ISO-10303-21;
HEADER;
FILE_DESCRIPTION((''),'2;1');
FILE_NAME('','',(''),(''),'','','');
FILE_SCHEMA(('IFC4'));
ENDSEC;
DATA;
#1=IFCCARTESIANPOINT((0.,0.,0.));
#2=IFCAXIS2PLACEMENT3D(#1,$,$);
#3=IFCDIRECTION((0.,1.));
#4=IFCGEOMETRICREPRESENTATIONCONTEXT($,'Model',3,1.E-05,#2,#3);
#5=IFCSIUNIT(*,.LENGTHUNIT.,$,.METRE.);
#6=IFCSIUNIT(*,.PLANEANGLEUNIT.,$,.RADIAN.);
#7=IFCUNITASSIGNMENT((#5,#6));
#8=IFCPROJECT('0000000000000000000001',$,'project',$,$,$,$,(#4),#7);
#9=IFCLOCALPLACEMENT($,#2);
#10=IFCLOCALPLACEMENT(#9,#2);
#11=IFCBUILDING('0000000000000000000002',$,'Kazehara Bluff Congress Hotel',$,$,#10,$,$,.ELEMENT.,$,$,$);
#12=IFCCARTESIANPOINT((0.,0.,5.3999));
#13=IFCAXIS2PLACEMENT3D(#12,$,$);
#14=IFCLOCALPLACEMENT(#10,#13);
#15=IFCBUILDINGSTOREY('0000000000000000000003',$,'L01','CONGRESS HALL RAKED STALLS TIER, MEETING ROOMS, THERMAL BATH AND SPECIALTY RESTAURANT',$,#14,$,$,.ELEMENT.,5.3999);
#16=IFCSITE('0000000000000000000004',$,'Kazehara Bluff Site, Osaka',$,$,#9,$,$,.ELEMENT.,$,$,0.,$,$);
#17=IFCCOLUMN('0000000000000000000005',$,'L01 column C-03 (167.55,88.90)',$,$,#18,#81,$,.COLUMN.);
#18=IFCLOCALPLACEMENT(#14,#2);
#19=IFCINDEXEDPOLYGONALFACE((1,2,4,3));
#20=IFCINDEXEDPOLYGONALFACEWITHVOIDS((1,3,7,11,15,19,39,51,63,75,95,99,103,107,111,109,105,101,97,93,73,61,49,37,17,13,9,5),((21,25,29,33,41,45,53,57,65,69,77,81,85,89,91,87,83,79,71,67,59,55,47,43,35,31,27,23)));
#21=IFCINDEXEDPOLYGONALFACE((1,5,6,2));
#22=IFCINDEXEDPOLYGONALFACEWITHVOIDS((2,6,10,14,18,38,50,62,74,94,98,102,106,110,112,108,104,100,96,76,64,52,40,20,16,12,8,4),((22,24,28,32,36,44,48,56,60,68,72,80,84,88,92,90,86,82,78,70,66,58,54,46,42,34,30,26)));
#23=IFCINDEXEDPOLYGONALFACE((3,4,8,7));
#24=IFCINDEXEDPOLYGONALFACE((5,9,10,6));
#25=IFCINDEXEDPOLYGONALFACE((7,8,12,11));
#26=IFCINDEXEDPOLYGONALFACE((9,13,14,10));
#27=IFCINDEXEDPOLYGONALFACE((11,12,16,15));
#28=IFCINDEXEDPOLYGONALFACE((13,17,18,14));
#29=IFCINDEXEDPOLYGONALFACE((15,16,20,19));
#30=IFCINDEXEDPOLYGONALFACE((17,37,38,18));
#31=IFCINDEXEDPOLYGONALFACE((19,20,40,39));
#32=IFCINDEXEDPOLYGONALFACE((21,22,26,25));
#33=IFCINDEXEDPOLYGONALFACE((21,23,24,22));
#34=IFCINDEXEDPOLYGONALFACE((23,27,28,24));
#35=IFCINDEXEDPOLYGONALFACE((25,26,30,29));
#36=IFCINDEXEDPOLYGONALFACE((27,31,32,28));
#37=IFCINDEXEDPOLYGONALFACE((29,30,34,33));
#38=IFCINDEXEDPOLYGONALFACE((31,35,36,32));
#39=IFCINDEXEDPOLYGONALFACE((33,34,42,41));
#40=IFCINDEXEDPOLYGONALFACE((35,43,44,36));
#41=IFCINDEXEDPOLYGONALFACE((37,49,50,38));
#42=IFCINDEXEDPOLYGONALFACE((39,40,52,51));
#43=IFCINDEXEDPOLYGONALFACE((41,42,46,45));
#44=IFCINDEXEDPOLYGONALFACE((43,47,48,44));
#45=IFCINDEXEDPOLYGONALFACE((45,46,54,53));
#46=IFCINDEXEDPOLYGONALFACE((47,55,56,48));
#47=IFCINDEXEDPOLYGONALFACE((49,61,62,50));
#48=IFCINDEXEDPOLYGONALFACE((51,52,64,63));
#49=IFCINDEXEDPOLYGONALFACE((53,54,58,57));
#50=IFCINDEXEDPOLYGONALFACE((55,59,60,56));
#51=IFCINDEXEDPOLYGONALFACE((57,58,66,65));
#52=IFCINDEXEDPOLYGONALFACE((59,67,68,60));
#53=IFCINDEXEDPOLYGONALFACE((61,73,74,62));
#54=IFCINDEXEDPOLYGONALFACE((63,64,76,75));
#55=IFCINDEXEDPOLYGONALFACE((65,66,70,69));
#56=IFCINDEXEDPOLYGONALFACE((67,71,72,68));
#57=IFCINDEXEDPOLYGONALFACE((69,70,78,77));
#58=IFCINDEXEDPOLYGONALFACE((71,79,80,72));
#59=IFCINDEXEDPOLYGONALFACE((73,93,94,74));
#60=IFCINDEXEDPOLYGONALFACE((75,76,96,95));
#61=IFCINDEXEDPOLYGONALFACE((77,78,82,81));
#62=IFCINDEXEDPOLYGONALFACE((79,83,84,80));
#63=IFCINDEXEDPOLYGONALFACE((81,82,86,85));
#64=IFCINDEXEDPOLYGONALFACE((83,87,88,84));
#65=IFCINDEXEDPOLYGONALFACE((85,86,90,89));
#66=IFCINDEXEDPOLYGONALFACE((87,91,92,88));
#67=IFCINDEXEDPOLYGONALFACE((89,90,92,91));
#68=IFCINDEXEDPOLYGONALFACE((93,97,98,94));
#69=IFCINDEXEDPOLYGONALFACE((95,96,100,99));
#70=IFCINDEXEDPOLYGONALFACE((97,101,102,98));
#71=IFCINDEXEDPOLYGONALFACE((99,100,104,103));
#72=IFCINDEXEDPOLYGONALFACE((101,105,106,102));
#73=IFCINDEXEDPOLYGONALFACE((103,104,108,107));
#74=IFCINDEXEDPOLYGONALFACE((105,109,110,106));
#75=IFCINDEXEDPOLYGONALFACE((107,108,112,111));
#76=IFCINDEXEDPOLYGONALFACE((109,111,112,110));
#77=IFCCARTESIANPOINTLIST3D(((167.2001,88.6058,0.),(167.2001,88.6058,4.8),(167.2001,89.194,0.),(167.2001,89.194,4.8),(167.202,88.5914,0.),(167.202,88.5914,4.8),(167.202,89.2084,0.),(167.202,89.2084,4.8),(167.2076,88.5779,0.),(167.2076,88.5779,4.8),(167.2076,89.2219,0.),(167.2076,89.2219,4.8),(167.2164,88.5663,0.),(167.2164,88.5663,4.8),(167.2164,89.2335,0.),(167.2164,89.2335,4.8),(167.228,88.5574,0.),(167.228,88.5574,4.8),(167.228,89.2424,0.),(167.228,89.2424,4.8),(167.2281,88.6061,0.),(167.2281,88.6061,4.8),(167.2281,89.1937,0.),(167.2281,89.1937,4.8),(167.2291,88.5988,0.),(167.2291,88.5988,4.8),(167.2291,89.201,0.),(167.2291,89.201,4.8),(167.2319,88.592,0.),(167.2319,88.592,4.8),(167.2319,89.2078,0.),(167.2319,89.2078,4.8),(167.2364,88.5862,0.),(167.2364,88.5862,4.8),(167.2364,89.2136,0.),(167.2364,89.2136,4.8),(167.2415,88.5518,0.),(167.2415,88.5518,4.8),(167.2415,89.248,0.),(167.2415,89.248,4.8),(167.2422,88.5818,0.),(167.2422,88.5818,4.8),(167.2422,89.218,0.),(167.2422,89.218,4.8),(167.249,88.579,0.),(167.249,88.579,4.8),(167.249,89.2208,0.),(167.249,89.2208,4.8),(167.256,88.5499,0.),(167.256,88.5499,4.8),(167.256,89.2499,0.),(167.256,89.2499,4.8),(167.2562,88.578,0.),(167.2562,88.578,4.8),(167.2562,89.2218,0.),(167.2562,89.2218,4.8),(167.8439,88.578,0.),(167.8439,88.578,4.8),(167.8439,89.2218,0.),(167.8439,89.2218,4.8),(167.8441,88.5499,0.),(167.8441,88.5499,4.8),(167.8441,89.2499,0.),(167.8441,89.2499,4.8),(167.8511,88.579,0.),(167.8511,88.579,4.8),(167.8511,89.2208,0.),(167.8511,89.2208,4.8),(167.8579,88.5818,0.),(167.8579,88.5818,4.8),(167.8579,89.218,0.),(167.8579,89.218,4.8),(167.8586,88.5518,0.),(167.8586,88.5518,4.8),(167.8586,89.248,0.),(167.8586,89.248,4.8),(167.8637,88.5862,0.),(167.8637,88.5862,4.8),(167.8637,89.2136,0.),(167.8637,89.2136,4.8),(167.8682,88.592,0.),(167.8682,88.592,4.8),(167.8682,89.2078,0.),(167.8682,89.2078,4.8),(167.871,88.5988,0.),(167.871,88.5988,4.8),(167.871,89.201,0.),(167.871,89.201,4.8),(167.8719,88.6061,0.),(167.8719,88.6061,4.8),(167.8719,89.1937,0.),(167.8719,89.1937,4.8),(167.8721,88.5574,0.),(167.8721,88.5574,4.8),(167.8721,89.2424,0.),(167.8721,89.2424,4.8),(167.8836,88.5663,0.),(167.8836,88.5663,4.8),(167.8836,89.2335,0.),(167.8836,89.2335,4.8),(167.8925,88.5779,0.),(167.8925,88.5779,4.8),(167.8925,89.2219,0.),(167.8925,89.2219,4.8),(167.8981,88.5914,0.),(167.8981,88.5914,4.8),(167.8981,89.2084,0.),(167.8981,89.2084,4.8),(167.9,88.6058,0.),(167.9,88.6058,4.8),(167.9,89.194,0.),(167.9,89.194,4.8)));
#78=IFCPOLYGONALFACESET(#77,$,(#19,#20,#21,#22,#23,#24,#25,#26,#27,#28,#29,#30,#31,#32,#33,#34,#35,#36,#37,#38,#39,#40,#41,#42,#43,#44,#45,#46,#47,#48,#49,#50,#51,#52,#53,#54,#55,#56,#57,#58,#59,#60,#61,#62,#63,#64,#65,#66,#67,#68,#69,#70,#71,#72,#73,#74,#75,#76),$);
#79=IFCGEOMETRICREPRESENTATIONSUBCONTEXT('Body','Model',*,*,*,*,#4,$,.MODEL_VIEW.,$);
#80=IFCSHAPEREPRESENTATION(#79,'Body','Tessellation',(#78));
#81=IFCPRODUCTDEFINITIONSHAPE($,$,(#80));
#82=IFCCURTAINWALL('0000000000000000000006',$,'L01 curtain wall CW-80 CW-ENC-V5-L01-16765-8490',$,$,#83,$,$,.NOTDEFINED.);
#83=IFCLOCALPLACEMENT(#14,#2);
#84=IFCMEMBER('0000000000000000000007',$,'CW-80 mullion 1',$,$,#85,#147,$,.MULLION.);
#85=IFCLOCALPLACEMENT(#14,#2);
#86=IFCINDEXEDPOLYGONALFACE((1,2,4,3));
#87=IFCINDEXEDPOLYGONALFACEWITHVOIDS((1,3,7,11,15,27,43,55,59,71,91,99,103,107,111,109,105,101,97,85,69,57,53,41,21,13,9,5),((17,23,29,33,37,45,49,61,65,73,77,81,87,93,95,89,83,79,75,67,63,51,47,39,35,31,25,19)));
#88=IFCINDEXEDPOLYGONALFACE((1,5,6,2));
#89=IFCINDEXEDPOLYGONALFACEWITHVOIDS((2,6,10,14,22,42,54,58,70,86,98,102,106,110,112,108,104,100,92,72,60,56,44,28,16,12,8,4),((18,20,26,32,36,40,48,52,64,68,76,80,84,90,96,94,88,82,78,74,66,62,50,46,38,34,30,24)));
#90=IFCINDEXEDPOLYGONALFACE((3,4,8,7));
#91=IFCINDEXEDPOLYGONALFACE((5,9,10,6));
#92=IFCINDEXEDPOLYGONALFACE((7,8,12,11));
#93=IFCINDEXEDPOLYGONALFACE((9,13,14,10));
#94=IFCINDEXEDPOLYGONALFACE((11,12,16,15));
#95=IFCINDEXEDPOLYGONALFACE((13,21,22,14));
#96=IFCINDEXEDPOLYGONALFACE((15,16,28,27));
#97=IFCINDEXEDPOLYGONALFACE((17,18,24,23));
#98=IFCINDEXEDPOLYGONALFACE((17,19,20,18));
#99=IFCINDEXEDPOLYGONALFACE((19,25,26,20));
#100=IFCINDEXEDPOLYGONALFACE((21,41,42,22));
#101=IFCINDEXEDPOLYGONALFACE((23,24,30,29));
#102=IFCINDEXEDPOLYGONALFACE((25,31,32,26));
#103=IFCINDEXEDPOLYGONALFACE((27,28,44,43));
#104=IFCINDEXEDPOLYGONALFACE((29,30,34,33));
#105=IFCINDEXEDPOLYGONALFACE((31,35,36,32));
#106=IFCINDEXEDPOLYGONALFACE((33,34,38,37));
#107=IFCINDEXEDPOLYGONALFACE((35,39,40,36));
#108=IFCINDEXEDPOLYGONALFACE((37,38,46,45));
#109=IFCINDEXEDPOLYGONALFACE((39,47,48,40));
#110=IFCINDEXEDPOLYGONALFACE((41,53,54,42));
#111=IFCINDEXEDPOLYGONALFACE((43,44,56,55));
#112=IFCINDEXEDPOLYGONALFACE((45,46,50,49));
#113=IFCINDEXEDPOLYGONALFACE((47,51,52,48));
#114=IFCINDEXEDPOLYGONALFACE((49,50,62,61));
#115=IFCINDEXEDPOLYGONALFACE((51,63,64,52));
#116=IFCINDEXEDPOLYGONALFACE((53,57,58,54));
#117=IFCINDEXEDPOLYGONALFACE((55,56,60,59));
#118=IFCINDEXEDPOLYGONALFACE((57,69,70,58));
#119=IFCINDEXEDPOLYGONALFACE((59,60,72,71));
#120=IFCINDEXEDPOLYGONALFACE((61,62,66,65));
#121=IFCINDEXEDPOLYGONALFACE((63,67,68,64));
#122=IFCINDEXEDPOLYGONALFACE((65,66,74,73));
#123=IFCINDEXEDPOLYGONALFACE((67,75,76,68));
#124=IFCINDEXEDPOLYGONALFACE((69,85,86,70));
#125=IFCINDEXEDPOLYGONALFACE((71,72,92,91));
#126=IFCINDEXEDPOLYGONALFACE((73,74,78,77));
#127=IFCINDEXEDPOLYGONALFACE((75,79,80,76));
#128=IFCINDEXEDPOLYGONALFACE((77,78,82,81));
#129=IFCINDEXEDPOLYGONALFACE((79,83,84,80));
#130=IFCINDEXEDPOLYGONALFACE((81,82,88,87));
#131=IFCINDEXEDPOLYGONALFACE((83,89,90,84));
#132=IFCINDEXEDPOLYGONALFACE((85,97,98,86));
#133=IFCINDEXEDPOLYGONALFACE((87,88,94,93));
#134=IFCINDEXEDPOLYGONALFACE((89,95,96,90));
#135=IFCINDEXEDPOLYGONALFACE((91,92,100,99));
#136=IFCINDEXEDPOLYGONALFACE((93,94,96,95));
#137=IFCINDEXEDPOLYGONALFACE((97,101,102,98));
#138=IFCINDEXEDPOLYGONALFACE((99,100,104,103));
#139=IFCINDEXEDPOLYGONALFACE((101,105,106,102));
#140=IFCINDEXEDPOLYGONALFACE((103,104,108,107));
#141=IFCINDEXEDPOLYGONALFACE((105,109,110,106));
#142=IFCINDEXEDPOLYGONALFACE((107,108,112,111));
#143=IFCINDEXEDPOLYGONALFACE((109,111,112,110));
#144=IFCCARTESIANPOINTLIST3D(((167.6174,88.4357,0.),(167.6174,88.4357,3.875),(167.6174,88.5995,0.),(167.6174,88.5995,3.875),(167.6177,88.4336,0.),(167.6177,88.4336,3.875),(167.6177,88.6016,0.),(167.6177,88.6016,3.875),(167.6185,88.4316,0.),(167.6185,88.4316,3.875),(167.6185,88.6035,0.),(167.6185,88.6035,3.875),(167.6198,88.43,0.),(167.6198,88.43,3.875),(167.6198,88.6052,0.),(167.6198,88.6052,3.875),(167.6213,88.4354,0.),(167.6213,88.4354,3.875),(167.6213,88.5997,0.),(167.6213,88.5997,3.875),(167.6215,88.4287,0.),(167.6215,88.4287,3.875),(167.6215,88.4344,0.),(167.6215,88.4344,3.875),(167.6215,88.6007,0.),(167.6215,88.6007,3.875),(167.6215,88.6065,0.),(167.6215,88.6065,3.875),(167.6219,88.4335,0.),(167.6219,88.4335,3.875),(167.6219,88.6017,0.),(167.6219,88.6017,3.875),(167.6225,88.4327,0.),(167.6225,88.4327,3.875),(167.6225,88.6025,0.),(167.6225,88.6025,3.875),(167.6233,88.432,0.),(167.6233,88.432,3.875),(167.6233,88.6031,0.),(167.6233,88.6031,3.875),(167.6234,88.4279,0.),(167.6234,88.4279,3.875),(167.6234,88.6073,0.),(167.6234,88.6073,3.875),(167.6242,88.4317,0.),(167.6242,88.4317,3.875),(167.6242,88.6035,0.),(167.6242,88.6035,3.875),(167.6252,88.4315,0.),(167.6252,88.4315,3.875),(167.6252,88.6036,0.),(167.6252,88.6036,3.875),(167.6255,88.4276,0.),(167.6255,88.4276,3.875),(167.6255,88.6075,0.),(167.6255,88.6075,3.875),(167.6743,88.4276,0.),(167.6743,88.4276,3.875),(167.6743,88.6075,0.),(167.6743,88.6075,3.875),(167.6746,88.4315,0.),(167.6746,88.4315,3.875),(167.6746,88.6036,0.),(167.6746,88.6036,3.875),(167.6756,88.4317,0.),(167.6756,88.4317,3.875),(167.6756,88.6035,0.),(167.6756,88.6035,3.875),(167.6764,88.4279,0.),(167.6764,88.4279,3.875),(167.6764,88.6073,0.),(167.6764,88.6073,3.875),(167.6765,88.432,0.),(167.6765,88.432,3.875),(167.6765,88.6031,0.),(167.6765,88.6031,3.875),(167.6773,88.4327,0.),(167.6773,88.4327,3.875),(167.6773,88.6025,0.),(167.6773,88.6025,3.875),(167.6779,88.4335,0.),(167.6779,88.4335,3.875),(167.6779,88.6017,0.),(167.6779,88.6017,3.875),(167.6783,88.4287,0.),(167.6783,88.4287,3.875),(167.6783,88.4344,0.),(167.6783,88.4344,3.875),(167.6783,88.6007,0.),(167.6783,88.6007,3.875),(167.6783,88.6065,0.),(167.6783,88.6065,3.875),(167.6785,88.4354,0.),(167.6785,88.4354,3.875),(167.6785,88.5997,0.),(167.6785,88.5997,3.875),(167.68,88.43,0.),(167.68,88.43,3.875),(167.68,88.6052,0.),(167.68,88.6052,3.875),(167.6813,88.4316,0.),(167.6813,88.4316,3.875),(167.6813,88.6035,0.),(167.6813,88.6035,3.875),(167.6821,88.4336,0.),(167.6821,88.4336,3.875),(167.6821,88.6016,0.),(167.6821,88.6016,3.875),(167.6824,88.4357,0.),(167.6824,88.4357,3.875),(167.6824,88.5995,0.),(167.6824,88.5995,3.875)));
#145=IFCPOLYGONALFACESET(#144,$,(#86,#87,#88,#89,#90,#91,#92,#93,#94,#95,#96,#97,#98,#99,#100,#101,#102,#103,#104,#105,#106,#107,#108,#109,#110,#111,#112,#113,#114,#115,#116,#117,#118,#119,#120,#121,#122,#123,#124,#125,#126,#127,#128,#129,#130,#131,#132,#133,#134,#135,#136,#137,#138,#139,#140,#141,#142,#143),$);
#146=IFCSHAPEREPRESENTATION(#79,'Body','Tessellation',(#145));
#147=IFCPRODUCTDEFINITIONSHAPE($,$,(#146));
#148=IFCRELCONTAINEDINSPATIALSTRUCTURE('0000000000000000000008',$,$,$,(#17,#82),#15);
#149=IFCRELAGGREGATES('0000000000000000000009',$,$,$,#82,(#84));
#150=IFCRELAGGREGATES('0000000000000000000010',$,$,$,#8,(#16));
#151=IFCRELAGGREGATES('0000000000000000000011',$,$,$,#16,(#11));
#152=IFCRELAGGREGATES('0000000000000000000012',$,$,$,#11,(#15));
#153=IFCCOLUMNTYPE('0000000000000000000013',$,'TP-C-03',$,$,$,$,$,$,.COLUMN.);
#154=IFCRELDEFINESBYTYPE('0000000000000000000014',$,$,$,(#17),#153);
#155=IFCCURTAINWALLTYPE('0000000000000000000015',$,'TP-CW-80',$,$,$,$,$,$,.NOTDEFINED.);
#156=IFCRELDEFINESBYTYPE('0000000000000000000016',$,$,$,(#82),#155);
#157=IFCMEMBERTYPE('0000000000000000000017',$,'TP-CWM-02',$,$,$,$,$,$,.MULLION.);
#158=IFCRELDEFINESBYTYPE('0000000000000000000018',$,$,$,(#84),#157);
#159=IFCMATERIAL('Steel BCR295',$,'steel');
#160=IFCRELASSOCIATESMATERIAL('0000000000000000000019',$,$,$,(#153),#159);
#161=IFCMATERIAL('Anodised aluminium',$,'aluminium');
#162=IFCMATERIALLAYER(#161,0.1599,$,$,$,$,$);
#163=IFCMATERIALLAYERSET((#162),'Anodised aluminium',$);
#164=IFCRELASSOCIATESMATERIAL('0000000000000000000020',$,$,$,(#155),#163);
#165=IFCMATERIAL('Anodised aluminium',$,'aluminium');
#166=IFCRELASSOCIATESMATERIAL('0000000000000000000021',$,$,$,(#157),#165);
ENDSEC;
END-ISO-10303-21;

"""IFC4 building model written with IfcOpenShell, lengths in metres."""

from ifc_helpers import new_model, si_unit, direction, frame, origin, origin_2d, place, context, subcontext, project, spatial, hollow_rectangle, extrude, material, layer, layer_set, material_profile, profile_set, type_object, element, aggregate, save


model = new_model("IFC4")

# Units and contexts
model_context = context("Model", 3, precision=1e-05, world=origin(), true_north=direction((0.0, 1.0)))
body_context = subcontext(model_context, "Body", "Model", "MODEL_VIEW")
ifc_project = project(units=[si_unit("LENGTHUNIT", "METRE"), si_unit("PLANEANGLEUNIT", "RADIAN")], contexts=[model_context])

# Site, building, storey
site_placement = place(None, origin())
site = spatial("IfcSite", under=ifc_project, at=site_placement, Name="Kazehara Bluff Site, Osaka", CompositionType="ELEMENT", RefElevation=0.0)
building_placement = place(site_placement, origin())
building = spatial("IfcBuilding", under=site, at=building_placement, Name="Kazehara Bluff Congress Hotel", CompositionType="ELEMENT")
storey_placement = place(building_placement, frame((0.0, 0.0, 5.3999)))
storey = spatial("IfcBuildingStorey", under=building, at=storey_placement, Name="L01", Description="CONGRESS HALL RAKED STALLS TIER, MEETING ROOMS, THERMAL BATH AND SPECIALTY RESTAURANT", CompositionType="ELEMENT", Elevation=5.3999)

# Column
ifc_material_1 = material(Name="Steel BCR295", Category="steel")
ifc_material_profile_1 = material_profile(ifc_material_1, hollow_rectangle(XDim=0.7, YDim=0.7, WallThickness=0.0281, InnerFilletRadius=0.0281, OuterFilletRadius=0.0559, at=origin_2d()))
ifc_profile_set_1 = profile_set([ifc_material_profile_1], Name="Steel BCR295")
column_type = type_object("IfcColumnType", Name="TP-C-03", PredefinedType="COLUMN", material=ifc_profile_set_1)
column_placement = place(storey_placement, frame((167.55, 88.8999, 0.0), z_axis=(0.0, 0.0, 1.0), x_axis=(1.0, 0.0, 0.0)))
element("IfcColumn", 1, at=column_placement, inside=storey, type_object=column_type, Name="L01 column C-03 (167.55,88.90)", PredefinedType="COLUMN", context=body_context, shape_type="SweptSolid", body=[
    extrude(hollow_rectangle(XDim=0.7, YDim=0.7, WallThickness=0.0281, InnerFilletRadius=0.0281, OuterFilletRadius=0.0559, at=origin_2d()), origin(), (0.0, 0.0, 1.0), 4.8),
])

# Curtain wall, member
ifc_material_2 = material(Name="Anodised aluminium", Category="aluminium")
ifc_layer_1 = layer(ifc_material_2, 0.1599)
ifc_layer_set_1 = layer_set([ifc_layer_1], Name="Anodised aluminium")
curtain_wall_type = type_object("IfcCurtainWallType", Name="TP-CW-80", PredefinedType="NOTDEFINED", material=ifc_layer_set_1)
curtain_wall_1_placement = place(storey_placement, origin())
curtain_wall_1 = element("IfcCurtainWall", 2, at=curtain_wall_1_placement, inside=storey, type_object=curtain_wall_type, Name="L01 curtain wall CW-80 CW-ENC-V5-L01-16765-8490", PredefinedType="NOTDEFINED")
ifc_material_3 = material(Name="Anodised aluminium", Category="aluminium")
ifc_material_profile_2 = material_profile(ifc_material_3, hollow_rectangle(XDim=0.0649, YDim=0.1799, WallThickness=0.0039, InnerFilletRadius=0.0039, OuterFilletRadius=0.0081, at=origin_2d()))
ifc_profile_set_2 = profile_set([ifc_material_profile_2], Name="Anodised aluminium")
member_type_1 = type_object("IfcMemberType", Name="TP-CWM-02", PredefinedType="MULLION", material=ifc_profile_set_2)
member_1_placement = place(storey_placement, frame((167.6499, 88.5176, 0.0), z_axis=(0.0, 0.0, 1.0), x_axis=(1.0, 0.0, 0.0)))
member_1 = element("IfcMember", 3, at=member_1_placement, type_object=member_type_1, Name="CW-80 mullion 1", PredefinedType="MULLION", context=body_context, shape_type="SweptSolid", body=[
    extrude(hollow_rectangle(XDim=0.0649, YDim=0.1799, WallThickness=0.0039, InnerFilletRadius=0.0039, OuterFilletRadius=0.0081, at=origin_2d()), origin(), (0.0, 0.0, 1.0), 3.875),
])

aggregate(curtain_wall_1, [member_1])

save(model, "model.ifc")
